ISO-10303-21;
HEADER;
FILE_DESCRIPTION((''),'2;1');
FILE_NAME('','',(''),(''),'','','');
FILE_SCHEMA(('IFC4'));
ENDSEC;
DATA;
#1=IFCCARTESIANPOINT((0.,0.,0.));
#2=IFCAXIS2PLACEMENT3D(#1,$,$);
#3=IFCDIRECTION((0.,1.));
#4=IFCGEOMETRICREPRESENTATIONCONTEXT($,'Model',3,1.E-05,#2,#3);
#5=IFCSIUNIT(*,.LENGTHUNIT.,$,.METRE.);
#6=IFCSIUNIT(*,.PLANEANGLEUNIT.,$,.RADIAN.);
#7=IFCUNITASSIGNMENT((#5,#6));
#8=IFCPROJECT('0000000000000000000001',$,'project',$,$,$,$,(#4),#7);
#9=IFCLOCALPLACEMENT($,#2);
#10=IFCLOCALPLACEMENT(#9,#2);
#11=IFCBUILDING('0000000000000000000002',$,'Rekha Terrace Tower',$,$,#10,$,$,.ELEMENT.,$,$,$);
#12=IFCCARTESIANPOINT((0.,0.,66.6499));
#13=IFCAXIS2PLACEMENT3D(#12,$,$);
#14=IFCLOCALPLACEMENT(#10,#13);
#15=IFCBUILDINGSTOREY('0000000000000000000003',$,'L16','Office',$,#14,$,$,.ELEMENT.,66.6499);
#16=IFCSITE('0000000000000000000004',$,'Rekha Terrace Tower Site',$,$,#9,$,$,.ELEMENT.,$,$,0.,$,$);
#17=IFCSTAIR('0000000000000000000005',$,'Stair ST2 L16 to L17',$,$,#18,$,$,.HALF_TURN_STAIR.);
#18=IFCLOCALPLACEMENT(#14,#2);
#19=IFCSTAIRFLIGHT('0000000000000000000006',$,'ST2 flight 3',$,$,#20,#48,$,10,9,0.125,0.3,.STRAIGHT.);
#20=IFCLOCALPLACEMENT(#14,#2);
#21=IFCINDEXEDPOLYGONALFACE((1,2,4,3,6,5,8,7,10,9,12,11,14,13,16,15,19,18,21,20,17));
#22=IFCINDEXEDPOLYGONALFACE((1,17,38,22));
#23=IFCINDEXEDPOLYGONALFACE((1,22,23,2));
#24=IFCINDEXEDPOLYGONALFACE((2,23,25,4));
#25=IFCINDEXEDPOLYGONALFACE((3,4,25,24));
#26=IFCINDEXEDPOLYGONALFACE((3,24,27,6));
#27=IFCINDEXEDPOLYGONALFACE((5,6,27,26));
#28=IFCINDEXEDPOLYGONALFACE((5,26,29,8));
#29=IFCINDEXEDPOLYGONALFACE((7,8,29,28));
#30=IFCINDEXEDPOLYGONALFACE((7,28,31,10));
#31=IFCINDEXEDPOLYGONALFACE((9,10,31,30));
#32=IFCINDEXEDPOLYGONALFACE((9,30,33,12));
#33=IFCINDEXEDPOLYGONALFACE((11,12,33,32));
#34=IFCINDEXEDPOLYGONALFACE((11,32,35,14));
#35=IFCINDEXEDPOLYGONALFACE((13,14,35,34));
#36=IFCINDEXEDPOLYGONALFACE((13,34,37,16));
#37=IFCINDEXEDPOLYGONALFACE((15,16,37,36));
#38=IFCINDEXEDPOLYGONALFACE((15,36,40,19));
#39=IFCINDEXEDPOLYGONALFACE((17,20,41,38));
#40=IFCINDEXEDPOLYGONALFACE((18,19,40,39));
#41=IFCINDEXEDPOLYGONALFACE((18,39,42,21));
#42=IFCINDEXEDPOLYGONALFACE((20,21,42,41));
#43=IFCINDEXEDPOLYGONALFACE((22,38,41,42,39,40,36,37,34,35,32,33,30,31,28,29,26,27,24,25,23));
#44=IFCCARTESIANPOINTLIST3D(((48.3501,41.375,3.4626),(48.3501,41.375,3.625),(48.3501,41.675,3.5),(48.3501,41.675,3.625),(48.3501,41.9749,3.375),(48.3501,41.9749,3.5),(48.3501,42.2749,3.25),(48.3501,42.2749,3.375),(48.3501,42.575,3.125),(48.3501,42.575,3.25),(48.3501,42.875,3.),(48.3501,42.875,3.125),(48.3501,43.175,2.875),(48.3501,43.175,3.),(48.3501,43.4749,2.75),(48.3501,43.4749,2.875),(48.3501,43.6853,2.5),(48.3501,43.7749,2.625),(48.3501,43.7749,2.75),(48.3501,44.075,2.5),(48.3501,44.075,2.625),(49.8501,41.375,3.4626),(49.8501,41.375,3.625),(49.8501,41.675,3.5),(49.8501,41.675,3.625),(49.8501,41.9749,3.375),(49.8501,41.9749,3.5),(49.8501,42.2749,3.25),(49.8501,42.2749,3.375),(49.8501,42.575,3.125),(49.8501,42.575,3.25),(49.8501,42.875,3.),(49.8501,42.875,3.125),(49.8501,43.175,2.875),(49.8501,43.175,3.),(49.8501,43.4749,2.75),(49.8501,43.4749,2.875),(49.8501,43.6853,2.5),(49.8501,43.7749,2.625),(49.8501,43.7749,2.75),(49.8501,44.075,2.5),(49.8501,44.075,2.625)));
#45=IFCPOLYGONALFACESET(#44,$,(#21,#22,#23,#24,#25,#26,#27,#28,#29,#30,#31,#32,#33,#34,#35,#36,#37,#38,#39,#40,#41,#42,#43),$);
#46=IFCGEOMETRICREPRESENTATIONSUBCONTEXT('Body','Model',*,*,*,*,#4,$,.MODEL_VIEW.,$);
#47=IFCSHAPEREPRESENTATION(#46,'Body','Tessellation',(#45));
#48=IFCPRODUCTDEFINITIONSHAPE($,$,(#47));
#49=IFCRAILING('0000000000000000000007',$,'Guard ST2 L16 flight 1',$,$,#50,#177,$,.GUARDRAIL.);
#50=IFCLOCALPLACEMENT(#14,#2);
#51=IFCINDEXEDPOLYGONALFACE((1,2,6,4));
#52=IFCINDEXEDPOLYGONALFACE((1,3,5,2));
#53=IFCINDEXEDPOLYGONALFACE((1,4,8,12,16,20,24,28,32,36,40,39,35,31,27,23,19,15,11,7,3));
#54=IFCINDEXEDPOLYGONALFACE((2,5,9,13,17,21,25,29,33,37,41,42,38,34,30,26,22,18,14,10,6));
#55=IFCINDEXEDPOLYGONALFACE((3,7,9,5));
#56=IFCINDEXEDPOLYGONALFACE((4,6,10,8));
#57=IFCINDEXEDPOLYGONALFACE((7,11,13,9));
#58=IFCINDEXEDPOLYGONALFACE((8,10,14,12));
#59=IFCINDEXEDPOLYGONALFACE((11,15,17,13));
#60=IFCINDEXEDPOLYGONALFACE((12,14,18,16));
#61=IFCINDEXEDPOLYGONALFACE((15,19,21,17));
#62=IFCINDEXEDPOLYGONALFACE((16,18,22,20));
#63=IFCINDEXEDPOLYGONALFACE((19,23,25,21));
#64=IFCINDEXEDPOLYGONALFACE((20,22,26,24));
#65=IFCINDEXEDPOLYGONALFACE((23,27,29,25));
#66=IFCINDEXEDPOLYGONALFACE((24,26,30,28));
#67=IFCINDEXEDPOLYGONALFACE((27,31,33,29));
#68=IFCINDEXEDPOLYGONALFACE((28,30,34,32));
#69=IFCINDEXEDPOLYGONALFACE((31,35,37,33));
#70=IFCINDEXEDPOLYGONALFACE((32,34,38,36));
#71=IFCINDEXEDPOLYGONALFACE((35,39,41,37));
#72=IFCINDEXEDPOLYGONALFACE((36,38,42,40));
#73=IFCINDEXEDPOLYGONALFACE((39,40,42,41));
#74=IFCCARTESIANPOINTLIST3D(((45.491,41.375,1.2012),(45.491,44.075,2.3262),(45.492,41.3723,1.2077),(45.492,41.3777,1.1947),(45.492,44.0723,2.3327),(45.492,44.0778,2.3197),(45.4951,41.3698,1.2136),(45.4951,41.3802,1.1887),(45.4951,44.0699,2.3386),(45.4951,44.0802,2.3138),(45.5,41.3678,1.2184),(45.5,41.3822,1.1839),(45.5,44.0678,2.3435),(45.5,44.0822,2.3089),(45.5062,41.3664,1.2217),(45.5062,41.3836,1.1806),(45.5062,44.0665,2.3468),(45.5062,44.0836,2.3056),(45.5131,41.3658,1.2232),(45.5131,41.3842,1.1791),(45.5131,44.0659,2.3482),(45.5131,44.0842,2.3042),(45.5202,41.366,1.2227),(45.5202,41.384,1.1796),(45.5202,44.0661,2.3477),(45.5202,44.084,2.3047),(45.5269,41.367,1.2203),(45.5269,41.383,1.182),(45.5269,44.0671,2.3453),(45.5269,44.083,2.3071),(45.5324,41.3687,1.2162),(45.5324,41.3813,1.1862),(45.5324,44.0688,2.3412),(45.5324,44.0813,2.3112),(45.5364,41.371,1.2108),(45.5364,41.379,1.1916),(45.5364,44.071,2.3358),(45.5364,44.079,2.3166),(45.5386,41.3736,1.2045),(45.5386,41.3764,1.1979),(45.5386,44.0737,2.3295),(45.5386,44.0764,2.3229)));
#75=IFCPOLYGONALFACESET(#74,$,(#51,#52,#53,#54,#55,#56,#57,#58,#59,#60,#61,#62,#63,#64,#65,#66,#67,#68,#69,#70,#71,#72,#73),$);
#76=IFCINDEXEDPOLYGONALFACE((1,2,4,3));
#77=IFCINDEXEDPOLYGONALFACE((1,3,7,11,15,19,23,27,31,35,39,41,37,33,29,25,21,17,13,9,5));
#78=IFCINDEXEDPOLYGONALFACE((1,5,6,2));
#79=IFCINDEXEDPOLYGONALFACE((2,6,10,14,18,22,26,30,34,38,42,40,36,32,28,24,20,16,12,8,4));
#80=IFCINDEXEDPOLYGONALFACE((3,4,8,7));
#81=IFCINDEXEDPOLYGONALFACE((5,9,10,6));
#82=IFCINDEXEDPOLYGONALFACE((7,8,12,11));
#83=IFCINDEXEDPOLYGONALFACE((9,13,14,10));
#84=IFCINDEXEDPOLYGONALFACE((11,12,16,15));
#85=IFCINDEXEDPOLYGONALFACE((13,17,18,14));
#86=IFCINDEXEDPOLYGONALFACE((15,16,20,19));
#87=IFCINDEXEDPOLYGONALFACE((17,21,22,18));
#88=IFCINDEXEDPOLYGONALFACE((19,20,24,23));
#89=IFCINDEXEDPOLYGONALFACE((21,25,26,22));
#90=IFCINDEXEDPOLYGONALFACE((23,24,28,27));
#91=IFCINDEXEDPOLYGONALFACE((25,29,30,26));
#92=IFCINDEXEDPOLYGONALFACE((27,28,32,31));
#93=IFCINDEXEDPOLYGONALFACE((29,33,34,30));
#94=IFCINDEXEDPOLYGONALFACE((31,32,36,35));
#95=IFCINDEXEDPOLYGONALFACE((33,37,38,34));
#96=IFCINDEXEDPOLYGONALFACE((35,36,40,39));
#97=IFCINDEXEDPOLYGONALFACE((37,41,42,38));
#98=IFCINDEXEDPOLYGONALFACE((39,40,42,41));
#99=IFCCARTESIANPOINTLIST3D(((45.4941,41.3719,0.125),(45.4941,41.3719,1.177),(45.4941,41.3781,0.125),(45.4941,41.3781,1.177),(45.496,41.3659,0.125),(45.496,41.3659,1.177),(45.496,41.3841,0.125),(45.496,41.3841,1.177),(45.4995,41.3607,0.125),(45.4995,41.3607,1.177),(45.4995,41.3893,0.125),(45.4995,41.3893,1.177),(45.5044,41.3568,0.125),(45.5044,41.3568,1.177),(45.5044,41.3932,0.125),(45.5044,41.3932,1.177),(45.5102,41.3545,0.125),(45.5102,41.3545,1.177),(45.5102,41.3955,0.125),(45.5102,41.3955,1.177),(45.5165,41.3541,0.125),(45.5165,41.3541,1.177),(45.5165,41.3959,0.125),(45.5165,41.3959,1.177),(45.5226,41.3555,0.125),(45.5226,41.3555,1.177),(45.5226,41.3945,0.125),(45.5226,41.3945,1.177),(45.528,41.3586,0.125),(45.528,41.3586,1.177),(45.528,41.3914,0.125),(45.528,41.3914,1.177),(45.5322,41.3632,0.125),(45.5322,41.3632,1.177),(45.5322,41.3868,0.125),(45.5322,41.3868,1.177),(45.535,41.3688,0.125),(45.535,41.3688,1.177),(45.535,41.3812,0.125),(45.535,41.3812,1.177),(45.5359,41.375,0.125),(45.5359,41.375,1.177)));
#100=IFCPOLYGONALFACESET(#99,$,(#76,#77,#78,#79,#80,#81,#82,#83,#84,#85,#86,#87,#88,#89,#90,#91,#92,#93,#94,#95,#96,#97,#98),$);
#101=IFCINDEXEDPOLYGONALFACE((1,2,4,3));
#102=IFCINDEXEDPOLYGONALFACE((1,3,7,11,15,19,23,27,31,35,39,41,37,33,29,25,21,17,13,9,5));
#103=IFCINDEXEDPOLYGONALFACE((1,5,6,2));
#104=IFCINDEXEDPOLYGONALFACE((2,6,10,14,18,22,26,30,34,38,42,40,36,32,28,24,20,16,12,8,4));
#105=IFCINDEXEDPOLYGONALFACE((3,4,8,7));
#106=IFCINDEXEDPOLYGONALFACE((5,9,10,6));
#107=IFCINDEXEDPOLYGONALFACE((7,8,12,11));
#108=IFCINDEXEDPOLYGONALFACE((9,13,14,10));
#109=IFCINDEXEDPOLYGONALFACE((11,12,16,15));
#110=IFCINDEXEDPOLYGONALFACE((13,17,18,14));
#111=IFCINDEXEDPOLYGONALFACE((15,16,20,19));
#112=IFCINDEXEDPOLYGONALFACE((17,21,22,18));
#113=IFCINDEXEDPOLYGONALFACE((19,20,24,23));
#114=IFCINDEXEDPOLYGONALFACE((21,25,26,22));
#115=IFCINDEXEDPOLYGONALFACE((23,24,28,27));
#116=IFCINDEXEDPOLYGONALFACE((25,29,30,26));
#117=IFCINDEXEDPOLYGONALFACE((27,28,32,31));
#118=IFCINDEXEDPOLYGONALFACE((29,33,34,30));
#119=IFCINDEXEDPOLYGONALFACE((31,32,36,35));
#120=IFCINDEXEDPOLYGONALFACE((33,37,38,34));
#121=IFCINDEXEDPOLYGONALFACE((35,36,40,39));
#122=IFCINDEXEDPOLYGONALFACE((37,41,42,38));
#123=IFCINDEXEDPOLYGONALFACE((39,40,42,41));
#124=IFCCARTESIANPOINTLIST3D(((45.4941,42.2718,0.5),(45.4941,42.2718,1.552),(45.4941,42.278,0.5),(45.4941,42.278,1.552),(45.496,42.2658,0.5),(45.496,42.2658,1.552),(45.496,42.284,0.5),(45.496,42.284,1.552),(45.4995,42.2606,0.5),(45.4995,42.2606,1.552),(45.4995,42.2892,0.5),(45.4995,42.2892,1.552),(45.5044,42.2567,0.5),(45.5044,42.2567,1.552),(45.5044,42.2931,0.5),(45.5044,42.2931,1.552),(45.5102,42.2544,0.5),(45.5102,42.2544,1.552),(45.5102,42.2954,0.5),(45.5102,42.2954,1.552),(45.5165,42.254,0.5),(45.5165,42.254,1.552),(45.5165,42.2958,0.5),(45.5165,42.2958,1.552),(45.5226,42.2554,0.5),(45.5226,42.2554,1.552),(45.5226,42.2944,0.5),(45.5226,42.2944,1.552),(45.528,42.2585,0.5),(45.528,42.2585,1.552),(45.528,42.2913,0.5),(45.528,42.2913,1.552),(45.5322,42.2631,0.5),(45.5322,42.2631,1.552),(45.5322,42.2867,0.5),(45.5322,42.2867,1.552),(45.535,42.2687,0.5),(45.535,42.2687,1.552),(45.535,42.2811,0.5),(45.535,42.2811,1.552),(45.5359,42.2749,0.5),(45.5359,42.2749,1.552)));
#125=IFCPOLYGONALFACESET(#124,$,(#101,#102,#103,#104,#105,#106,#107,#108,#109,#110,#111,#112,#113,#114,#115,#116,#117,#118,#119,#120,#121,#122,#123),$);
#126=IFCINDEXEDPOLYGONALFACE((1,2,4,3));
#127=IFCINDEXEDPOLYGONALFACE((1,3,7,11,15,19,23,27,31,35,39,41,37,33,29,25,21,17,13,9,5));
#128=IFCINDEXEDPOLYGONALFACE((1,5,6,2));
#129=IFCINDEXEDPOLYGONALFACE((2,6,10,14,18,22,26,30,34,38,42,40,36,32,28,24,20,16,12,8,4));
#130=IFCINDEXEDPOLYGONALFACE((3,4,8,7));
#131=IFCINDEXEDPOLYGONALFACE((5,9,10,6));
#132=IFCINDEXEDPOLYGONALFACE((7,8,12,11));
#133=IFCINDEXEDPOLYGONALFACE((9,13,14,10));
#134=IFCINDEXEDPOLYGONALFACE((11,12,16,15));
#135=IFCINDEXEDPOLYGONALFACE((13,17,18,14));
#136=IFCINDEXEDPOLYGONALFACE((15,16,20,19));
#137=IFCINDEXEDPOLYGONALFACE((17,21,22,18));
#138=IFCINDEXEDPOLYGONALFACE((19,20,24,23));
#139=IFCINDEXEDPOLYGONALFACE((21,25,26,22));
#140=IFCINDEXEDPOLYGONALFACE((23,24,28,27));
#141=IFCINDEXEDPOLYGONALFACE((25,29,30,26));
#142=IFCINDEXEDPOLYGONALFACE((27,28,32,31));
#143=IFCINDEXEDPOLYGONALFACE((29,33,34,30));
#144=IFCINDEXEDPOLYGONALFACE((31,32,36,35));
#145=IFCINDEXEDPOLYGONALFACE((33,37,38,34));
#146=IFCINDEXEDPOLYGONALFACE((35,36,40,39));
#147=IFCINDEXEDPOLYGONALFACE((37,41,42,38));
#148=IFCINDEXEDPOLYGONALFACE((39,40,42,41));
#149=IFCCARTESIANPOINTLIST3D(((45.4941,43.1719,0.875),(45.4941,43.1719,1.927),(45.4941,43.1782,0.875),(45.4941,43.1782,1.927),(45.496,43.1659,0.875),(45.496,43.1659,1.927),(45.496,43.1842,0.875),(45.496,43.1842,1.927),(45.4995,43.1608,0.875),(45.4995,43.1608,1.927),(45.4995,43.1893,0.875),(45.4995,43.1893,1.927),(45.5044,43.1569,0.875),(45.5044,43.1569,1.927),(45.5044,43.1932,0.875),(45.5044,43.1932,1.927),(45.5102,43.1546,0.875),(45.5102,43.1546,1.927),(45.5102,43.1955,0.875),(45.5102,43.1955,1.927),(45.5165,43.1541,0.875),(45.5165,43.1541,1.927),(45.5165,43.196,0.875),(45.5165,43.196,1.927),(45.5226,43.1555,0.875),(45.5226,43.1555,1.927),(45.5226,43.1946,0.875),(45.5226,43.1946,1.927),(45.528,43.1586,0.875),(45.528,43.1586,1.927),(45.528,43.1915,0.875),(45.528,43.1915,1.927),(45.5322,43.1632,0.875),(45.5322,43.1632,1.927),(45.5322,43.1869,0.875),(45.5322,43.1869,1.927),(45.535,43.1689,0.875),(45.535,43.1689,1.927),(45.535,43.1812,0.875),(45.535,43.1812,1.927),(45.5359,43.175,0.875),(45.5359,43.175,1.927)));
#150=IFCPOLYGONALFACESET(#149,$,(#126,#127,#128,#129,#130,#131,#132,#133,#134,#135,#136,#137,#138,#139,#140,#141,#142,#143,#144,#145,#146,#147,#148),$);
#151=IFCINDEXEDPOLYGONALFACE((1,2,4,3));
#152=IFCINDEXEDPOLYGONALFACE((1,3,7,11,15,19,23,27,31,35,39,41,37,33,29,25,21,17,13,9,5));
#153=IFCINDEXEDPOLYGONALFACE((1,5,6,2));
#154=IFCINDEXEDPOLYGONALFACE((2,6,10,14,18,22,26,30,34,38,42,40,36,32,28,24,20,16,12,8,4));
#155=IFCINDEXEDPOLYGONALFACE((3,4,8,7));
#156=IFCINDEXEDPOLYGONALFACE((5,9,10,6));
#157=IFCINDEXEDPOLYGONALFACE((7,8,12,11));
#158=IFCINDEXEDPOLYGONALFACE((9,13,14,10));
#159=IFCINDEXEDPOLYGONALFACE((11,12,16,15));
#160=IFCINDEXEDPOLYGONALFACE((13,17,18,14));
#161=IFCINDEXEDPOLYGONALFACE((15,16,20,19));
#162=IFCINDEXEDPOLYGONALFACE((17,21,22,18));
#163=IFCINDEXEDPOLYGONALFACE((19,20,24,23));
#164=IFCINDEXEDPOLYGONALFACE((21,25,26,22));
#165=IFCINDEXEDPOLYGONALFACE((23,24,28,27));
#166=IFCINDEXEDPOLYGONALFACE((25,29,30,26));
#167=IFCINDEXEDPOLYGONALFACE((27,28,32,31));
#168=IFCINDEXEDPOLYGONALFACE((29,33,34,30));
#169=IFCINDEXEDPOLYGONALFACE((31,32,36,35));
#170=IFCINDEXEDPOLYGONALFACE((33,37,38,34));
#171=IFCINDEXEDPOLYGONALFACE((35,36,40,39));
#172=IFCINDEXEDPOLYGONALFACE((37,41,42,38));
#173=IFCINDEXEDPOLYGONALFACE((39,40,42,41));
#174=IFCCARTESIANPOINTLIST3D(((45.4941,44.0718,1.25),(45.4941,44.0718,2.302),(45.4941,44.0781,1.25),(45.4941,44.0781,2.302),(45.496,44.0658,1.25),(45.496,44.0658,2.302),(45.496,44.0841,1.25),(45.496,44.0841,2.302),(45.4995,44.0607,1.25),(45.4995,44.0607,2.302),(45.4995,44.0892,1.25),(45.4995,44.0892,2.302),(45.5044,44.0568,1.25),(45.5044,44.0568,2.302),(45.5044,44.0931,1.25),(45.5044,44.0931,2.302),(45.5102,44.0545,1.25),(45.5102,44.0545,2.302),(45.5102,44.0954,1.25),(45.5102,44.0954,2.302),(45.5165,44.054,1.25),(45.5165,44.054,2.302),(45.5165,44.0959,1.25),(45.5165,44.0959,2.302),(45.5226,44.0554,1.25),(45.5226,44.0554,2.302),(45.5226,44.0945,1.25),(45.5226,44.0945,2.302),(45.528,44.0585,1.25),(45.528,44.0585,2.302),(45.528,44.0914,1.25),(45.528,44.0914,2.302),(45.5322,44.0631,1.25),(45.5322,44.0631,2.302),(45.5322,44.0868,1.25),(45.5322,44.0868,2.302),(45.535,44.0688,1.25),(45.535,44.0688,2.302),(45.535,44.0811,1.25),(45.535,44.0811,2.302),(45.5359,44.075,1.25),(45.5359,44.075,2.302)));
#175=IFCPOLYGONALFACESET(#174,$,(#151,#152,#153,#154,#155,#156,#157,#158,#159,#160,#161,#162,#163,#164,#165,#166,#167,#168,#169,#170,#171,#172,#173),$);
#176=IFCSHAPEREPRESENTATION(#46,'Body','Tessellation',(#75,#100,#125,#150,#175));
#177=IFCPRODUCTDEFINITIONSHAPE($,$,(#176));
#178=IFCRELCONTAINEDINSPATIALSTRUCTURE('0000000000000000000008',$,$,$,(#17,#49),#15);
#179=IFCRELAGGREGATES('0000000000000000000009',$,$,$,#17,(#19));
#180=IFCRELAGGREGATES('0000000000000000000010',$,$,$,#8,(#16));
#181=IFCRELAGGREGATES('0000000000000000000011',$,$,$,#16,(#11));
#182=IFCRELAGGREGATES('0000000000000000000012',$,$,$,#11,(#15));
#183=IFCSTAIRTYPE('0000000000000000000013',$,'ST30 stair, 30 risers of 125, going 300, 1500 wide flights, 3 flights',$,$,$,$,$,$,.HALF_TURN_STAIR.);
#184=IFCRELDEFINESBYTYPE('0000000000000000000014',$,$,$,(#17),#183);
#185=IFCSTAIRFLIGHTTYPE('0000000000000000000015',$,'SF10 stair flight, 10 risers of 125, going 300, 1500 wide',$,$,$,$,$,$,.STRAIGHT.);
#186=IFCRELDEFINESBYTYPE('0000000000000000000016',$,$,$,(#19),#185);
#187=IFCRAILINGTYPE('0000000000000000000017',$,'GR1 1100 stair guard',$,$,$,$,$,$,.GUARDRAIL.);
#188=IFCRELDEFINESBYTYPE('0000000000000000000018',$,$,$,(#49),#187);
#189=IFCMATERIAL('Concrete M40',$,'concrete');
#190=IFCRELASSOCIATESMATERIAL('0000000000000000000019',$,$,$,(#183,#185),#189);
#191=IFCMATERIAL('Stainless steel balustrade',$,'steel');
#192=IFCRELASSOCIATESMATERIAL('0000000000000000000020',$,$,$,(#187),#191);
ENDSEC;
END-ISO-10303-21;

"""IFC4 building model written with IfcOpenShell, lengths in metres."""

from ifc_helpers import new_model, si_unit, direction, frame, origin, origin_2d, place, context, subcontext, project, spatial, polyline, circle, outline, extrude, material, type_object, element, aggregate, save


model = new_model("IFC4")

# Units and contexts
model_context = context("Model", 3, precision=1e-05, world=origin(), true_north=direction((0.0, 1.0)))
body_context = subcontext(model_context, "Body", "Model", "MODEL_VIEW")
ifc_project = project(units=[si_unit("LENGTHUNIT", "METRE"), si_unit("PLANEANGLEUNIT", "RADIAN")], contexts=[model_context])

# Site, building, storey
site_placement = place(None, origin())
site = spatial("IfcSite", under=ifc_project, at=site_placement, Name="Rekha Terrace Tower Site", CompositionType="ELEMENT", RefElevation=0.0)
building_placement = place(site_placement, origin())
building = spatial("IfcBuilding", under=site, at=building_placement, Name="Rekha Terrace Tower", CompositionType="ELEMENT")
storey_placement = place(building_placement, frame((0.0, 0.0, 66.6499)))
storey = spatial("IfcBuildingStorey", under=building, at=storey_placement, Name="L16", Description="Office", CompositionType="ELEMENT", Elevation=66.6499)

# Stair, stair flight
ifc_material_1 = material(Name="Concrete M40", Category="concrete")
stair_type = type_object("IfcStairType", Name="ST30 stair, 30 risers of 125, going 300, 1500 wide flights, 3 flights", PredefinedType="HALF_TURN_STAIR", material=ifc_material_1)
stair_placement = place(storey_placement, origin())
stair = element("IfcStair", 1, at=stair_placement, inside=storey, type_object=stair_type, Name="Stair ST2 L16 to L17", PredefinedType="HALF_TURN_STAIR")
stair_flight_type = type_object("IfcStairFlightType", Name="SF10 stair flight, 10 risers of 125, going 300, 1500 wide", PredefinedType="STRAIGHT", material=ifc_material_1)
stair_flight_1_placement = place(storey_placement, frame((49.1001, 44.075, 2.5), z_axis=(0.0, 0.0, 1.0), x_axis=(0.0, -1.0, 0.0)))
stair_flight_1 = element("IfcStairFlight", 2, at=stair_flight_1_placement, type_object=stair_flight_type, Name="ST2 flight 3", NumberOfRisers=10, NumberOfTreads=9, PredefinedType="STRAIGHT", RiserHeight=0.125, TreadLength=0.3, context=body_context, shape_type="SweptSolid", body=[
    extrude(outline(polyline([(0.0, 0.0), (0.0, 0.125), (0.3, 0.125), (0.3, 0.25), (0.6001, 0.25), (0.6001, 0.375), (0.8999, 0.375), (0.8999, 0.5), (1.2, 0.5), (1.2, 0.625), (1.5, 0.625), (1.5, 0.75), (1.8, 0.75), (1.8, 0.875), (2.1001, 0.875), (2.1001, 1.0), (2.3999, 1.0), (2.3999, 1.125), (2.7, 1.125), (2.7, 1.25), (2.7, 0.9626), (0.3896, 0.0), (0.0, 0.0)])), frame((0.0, 0.75, 0.0), z_axis=(0.0, -1.0, 0.0), x_axis=(1.0, 0.0, 0.0)), (0.0, 0.0, 1.0), 1.5),
])
aggregate(stair, [stair_flight_1])

# Railing
ifc_material_2 = material(Name="Stainless steel balustrade", Category="steel")
railing_type_1 = type_object("IfcRailingType", Name="GR1 1100 stair guard", PredefinedType="GUARDRAIL", material=ifc_material_2)
railing_1_placement = place(storey_placement, frame((45.5149, 41.375, 0.125)))
element("IfcRailing", 3, at=railing_1_placement, inside=storey, type_object=railing_type_1, Name="Guard ST2 L16 flight 1", PredefinedType="GUARDRAIL", context=body_context, shape_type="SweptSolid", body=[
    extrude(circle(Radius=0.0239, at=origin_2d()), frame((0.0, 0.0, 1.0762), z_axis=(0.0, 0.923074, 0.384621), x_axis=(-1.0, 0.0, 0.0)), (0.0, 0.0, 1.0), 2.925),
    extrude(circle(Radius=0.021, at=origin_2d()), origin(), (0.0, 0.0, 1.0), 1.052),
    extrude(circle(Radius=0.021, at=origin_2d()), frame((0.0, 0.8999, 0.375)), (0.0, 0.0, 1.0), 1.052),
    extrude(circle(Radius=0.021, at=origin_2d()), frame((0.0, 1.8, 0.75)), (0.0, 0.0, 1.0), 1.052),
    extrude(circle(Radius=0.021, at=origin_2d()), frame((0.0, 2.7, 1.125)), (0.0, 0.0, 1.0), 1.052),
])

save(model, "model.ifc")
